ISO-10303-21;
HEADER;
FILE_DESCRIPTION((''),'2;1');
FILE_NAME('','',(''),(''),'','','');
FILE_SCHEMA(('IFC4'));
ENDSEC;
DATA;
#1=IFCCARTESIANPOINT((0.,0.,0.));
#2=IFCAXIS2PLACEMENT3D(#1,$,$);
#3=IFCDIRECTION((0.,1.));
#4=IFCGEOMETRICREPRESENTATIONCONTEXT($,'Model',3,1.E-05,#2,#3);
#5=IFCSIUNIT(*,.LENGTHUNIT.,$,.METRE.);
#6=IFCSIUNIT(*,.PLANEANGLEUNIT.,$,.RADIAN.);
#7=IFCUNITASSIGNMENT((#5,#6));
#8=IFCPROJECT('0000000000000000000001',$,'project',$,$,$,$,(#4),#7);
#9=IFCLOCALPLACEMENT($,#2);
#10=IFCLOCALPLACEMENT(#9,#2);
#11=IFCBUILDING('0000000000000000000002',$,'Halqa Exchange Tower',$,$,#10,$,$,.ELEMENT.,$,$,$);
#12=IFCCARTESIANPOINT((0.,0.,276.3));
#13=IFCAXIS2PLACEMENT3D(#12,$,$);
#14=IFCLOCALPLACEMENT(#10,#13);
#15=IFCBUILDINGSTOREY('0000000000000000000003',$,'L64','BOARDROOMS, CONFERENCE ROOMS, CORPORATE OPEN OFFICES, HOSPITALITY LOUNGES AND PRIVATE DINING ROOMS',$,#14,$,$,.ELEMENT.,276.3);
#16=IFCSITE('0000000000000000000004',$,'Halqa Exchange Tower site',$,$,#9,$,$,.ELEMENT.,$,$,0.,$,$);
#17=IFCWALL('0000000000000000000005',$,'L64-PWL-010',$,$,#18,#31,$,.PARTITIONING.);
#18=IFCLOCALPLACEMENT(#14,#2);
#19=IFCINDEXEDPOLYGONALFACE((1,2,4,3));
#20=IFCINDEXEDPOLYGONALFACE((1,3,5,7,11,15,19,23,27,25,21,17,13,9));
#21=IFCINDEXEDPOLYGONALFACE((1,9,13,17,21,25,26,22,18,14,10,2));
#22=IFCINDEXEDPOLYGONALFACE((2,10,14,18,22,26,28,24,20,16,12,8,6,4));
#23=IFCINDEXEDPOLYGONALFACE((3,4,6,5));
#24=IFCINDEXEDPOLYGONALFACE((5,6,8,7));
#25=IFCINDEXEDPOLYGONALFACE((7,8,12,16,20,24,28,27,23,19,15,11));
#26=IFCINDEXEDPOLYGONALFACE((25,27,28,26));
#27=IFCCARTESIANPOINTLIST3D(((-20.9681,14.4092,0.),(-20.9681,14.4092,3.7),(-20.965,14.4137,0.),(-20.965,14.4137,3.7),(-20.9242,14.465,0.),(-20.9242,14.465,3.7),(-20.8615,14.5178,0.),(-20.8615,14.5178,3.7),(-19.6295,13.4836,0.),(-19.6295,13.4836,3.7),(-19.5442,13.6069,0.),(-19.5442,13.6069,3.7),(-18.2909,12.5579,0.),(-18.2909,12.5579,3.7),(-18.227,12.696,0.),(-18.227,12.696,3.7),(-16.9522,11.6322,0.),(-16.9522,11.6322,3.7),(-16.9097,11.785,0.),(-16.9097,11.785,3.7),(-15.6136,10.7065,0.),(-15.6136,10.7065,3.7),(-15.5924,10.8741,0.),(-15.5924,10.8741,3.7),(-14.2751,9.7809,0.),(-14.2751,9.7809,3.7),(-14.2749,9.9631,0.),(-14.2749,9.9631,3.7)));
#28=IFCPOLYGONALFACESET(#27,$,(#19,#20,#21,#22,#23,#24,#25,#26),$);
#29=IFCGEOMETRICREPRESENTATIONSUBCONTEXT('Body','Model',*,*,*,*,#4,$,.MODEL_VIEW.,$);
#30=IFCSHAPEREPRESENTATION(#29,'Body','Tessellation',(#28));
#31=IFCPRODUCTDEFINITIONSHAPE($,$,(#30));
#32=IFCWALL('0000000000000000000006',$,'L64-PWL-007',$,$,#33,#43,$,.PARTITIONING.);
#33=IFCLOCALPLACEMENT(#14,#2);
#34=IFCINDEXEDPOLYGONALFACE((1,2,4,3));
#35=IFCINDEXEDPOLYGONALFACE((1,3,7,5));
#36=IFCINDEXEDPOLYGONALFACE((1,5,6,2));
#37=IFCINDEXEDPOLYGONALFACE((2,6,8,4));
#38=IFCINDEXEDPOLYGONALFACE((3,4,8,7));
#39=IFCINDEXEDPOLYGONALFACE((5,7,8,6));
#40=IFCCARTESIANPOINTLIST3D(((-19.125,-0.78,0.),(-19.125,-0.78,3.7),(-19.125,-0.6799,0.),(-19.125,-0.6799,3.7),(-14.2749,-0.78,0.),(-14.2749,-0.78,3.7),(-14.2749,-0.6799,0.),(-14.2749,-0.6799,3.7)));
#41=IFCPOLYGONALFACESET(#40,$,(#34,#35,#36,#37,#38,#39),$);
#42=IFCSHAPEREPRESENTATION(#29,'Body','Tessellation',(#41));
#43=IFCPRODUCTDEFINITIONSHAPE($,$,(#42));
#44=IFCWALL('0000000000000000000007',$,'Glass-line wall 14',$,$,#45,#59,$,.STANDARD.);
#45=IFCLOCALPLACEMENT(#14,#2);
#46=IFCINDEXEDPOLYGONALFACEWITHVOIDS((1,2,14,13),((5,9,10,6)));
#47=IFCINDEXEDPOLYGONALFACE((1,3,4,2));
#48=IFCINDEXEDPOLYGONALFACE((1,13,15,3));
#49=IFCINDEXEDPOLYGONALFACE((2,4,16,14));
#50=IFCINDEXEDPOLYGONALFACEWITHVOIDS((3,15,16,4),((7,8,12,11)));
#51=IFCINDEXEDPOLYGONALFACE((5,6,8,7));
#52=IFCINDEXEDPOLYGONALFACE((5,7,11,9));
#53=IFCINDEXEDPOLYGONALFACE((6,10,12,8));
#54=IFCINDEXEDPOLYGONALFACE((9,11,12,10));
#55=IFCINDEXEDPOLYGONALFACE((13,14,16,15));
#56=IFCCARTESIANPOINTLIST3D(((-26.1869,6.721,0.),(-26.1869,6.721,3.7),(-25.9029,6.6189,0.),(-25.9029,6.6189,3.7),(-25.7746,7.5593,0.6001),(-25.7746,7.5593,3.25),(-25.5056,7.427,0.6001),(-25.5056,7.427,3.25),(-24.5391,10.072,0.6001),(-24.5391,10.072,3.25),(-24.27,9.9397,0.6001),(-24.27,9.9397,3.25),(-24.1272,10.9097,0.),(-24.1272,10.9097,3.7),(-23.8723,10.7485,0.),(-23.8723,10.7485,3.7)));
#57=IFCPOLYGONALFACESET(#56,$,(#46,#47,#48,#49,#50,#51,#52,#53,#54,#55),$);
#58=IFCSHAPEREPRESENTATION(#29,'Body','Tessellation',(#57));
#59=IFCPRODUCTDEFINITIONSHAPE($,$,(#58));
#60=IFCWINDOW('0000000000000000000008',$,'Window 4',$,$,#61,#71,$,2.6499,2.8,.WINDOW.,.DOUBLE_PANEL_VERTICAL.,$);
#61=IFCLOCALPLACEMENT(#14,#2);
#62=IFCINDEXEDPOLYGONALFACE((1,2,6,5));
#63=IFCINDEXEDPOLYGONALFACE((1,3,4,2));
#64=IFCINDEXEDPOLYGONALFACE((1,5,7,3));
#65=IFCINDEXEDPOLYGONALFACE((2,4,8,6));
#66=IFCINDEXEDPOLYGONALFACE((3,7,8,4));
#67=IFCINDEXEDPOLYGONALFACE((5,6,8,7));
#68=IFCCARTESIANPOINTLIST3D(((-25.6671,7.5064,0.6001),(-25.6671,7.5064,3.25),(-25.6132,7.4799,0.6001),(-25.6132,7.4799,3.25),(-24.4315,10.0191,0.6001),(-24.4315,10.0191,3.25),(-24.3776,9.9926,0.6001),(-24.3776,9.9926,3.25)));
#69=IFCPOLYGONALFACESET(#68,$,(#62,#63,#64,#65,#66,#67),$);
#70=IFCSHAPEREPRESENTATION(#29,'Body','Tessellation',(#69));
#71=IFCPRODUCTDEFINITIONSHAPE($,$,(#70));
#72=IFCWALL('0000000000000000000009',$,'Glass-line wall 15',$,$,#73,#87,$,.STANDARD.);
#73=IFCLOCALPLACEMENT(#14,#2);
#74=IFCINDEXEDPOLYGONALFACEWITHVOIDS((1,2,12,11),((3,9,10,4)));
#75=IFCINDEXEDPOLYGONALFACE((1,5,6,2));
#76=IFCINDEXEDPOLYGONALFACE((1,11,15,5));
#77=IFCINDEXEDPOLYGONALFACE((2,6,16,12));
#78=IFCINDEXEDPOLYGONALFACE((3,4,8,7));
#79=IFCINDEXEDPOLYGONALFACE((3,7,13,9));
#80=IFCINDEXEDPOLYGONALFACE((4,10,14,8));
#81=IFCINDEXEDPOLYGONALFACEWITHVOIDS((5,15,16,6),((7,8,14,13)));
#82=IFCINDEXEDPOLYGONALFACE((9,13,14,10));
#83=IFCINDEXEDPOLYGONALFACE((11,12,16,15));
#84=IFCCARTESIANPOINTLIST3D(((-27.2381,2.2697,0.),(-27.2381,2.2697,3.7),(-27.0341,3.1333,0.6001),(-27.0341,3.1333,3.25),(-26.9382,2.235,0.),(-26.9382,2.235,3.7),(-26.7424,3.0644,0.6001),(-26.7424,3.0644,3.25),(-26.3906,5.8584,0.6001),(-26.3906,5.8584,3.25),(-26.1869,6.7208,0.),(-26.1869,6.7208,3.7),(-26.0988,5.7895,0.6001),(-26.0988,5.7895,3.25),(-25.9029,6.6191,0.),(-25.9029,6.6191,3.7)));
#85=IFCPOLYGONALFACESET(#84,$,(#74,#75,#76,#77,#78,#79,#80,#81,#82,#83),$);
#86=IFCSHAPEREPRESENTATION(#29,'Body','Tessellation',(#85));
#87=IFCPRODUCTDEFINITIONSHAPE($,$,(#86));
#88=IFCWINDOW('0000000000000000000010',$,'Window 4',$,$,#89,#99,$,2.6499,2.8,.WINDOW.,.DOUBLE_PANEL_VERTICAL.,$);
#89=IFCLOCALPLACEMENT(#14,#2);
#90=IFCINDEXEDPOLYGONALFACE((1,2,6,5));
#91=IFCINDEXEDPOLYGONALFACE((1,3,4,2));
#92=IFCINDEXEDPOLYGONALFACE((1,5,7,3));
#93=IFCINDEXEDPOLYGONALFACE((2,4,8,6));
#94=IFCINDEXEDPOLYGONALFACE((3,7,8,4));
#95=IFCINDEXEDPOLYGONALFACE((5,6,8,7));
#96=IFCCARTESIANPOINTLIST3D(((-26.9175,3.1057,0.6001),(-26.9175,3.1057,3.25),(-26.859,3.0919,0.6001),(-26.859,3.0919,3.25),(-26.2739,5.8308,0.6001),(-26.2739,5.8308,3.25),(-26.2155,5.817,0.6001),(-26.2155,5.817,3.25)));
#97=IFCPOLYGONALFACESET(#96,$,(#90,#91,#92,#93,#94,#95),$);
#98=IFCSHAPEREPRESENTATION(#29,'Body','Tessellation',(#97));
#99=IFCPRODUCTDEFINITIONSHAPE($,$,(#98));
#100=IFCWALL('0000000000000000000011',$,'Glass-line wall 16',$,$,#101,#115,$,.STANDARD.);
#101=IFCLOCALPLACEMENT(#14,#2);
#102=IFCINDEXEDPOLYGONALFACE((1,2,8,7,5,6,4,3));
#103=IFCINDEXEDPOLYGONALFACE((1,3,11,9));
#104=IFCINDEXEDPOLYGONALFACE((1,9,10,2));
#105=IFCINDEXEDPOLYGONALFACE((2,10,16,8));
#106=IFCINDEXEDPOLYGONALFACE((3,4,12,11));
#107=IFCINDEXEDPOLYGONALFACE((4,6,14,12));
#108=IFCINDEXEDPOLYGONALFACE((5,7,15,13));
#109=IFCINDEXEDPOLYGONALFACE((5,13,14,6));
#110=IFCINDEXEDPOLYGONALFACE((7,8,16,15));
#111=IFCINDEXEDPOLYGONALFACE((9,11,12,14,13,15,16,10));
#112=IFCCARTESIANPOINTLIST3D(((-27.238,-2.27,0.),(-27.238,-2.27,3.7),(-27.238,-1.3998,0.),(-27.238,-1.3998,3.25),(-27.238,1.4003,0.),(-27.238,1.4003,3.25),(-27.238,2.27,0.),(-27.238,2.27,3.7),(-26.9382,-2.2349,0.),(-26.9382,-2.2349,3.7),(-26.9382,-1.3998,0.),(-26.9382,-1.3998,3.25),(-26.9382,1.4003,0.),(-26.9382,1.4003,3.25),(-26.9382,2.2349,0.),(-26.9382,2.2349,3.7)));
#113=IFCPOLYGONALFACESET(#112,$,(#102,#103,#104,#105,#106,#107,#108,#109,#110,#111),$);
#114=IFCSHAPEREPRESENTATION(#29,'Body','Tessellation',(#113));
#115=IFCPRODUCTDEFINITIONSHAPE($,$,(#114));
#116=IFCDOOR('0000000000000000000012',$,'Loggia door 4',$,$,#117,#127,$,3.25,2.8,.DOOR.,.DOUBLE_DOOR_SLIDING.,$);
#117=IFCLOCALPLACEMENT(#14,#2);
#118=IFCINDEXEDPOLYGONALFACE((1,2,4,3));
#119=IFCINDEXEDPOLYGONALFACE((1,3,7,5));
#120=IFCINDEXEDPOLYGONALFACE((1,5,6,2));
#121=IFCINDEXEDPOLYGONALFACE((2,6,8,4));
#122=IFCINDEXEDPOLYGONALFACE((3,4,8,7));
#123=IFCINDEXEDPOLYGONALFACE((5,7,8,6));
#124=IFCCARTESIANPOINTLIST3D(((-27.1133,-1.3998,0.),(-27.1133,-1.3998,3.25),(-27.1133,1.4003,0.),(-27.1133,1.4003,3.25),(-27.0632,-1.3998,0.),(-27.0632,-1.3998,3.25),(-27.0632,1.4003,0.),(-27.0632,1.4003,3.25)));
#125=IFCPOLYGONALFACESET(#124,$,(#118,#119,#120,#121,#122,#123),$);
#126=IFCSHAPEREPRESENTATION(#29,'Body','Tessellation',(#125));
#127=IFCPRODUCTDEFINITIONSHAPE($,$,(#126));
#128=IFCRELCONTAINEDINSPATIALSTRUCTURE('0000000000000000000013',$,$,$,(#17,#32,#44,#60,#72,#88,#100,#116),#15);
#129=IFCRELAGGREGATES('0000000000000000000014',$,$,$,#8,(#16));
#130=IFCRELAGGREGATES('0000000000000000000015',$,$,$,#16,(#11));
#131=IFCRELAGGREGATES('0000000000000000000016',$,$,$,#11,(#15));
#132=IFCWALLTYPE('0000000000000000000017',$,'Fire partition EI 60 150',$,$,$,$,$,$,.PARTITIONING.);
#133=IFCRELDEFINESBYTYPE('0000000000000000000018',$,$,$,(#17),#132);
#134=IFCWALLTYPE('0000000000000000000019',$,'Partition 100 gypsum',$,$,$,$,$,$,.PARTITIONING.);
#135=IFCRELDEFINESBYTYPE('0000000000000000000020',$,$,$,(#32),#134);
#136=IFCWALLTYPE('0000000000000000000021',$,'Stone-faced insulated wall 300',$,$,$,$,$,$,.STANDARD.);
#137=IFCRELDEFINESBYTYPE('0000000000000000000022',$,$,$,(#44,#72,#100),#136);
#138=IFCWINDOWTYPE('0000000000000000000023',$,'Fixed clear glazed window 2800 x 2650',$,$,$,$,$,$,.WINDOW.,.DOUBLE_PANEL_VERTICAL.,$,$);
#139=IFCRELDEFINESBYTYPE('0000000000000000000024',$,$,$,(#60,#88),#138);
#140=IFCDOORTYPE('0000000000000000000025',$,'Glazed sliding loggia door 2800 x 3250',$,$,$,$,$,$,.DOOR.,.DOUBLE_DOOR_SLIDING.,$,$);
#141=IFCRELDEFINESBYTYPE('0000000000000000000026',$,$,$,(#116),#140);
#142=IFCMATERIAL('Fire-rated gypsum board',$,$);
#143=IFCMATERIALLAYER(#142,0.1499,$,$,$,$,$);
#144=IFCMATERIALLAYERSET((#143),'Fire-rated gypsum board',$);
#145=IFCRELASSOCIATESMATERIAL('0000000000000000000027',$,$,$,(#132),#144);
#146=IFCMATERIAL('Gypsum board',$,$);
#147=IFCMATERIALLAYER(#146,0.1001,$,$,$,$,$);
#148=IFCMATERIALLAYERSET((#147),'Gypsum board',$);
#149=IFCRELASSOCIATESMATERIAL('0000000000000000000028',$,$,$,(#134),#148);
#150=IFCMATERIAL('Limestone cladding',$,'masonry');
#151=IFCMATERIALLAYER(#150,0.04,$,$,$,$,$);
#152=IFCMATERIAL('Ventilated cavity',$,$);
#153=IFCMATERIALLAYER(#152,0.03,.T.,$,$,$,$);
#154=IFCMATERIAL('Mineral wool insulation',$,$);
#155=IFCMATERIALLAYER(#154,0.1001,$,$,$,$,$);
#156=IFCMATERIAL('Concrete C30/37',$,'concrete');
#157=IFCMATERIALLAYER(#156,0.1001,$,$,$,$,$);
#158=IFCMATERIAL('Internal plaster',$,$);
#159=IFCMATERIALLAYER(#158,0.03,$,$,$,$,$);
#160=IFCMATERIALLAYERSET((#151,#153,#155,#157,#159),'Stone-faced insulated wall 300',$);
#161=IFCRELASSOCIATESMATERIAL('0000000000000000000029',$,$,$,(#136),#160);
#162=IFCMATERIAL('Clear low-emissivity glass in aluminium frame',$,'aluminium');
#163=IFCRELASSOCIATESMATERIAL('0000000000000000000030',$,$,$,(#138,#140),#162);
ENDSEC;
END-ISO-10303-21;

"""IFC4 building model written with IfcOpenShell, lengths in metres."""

from ifc_helpers import new_model, si_unit, direction, frame, frame_2d, origin, place, context, subcontext, project, spatial, polyline, rectangle, outline, extrude, material, layer, layer_set, type_object, element, fill, save


model = new_model("IFC4")

# Units and contexts
model_context = context("Model", 3, precision=1e-05, world=origin(), true_north=direction((0.0, 1.0)))
body_context = subcontext(model_context, "Body", "Model", "MODEL_VIEW")
ifc_project = project(units=[si_unit("LENGTHUNIT", "METRE"), si_unit("PLANEANGLEUNIT", "RADIAN")], contexts=[model_context])

# Site, building, storey
site_placement = place(None, origin())
site = spatial("IfcSite", under=ifc_project, at=site_placement, Name="Halqa Exchange Tower site", CompositionType="ELEMENT", RefElevation=0.0)
building_placement = place(site_placement, origin())
building = spatial("IfcBuilding", under=site, at=building_placement, Name="Halqa Exchange Tower", CompositionType="ELEMENT")
storey_placement = place(building_placement, frame((0.0, 0.0, 276.3)))
storey = spatial("IfcBuildingStorey", under=building, at=storey_placement, Name="L64", Description="BOARDROOMS, CONFERENCE ROOMS, CORPORATE OPEN OFFICES, HOSPITALITY LOUNGES AND PRIVATE DINING ROOMS", CompositionType="ELEMENT", Elevation=276.3)

# Shared definitions
ifc_material_1 = material(Name="Gypsum board")

# Walls
ifc_material_2 = material(Name="Fire-rated gypsum board")
ifc_layer_1 = layer(ifc_material_2, 0.1499)
ifc_layer_set_1 = layer_set([ifc_layer_1], Name="Fire-rated gypsum board")
wall_type_1 = type_object("IfcWallType", Name="Fire partition EI 60 150", PredefinedType="PARTITIONING", material=ifc_layer_set_1)
wall_1_placement = place(storey_placement, frame((-14.2324, 9.8425, 0.0), z_axis=(0.0, 0.0, 1.0), x_axis=(-0.822496, 0.568772, 0.0)))
element("IfcWall", 1, at=wall_1_placement, inside=storey, type_object=wall_type_1, Name="L64-PWL-010", PredefinedType="PARTITIONING", context=body_context, shape_type="SweptSolid", body=[
    extrude(outline(polyline([(0.1035, -0.075), (1.7053, -0.075), (3.3069, -0.075), (4.9084, -0.075), (6.51, -0.075), (8.1116, -0.075), (8.1331, 0.0042), (8.1375, 0.0696), (8.1375, 0.075), (6.51, 0.075), (4.8826, 0.075), (3.2549, 0.075), (1.6274, 0.075), (0.0, 0.075), (0.0, 0.075), (0.1035, -0.075)])), origin(), (0.0, 0.0, 1.0), 3.7),
])
ifc_layer_2 = layer(ifc_material_1, 0.1001)
ifc_layer_set_2 = layer_set([ifc_layer_2], Name="Gypsum board")
wall_type_2 = type_object("IfcWallType", Name="Partition 100 gypsum", PredefinedType="PARTITIONING", material=ifc_layer_set_2)
wall_2_placement = place(storey_placement, frame((-19.125, -0.73, 0.0), z_axis=(0.0, 0.0, 1.0), x_axis=(1.0, 0.0, 0.0)))
element("IfcWall", 2, at=wall_2_placement, inside=storey, type_object=wall_type_2, Name="L64-PWL-007", PredefinedType="PARTITIONING", context=body_context, shape_type="SweptSolid", body=[
    extrude(rectangle(XDim=4.8501, YDim=0.1001, at=frame_2d((2.425, 0.0))), origin(), (0.0, 0.0, 1.0), 3.7),
])

# Walls, openings, windows
ifc_material_3 = material(Name="Limestone cladding", Category="masonry")
ifc_layer_3 = layer(ifc_material_3, 0.04)
ifc_material_4 = material(Name="Ventilated cavity")
ifc_layer_4 = layer(ifc_material_4, 0.03, ventilated=True)
ifc_material_5 = material(Name="Mineral wool insulation")
ifc_layer_5 = layer(ifc_material_5, 0.1001)
ifc_material_6 = material(Name="Concrete C30/37", Category="concrete")
ifc_layer_6 = layer(ifc_material_6, 0.1001)
ifc_material_7 = material(Name="Internal plaster")
ifc_layer_7 = layer(ifc_material_7, 0.03)
ifc_layer_set_3 = layer_set([ifc_layer_3, ifc_layer_4, ifc_layer_5, ifc_layer_6, ifc_layer_7], Name="Stone-faced insulated wall 300")
wall_type_3 = type_object("IfcWallType", Name="Stone-faced insulated wall 300", PredefinedType="STANDARD", material=ifc_layer_set_3)
wall_3_placement = place(storey_placement, frame((-23.9998, 10.8291, 0.0), z_axis=(0.0, 0.0, 1.0), x_axis=(-0.441262, -0.897378, 0.0)))
wall_3 = element("IfcWall", 3, at=wall_3_placement, inside=storey, type_object=wall_type_3, Name="Glass-line wall 14", PredefinedType="STANDARD", context=body_context, shape_type="SweptSolid", body=[
    extrude(outline(polyline([(-0.0161, -0.1499), (4.6516, -0.1499), (4.6179, 0.1499), (0.0161, 0.1499), (-0.0161, -0.1499)])), origin(), (0.0, 0.0, 1.0), 3.7),
])
opening_1_placement = place(wall_3_placement, frame((0.9175, 0.0, 0.6001)))
opening_1 = element("IfcOpeningElement", 4, at=opening_1_placement, cuts=wall_3, PredefinedType="OPENING", context=body_context, shape_type="SweptSolid", body=[
    extrude(rectangle(XDim=2.8, YDim=2.6499, at=frame_2d((1.3999, 1.325))), frame((0.0, 0.1621, 0.0), z_axis=(0.0, -1.0, 0.0), x_axis=(1.0, 0.0, 0.0)), (0.0, 0.0, 1.0), 0.324),
])
ifc_material_8 = material(Name="Clear low-emissivity glass in aluminium frame", Category="aluminium")
window_type = type_object("IfcWindowType", Name="Fixed clear glazed window 2800 x 2650", PartitioningType="DOUBLE_PANEL_VERTICAL", PredefinedType="WINDOW", material=ifc_material_8)
window_1_placement = place(opening_1_placement, origin())
window_1 = element("IfcWindow", 5, at=window_1_placement, inside=storey, type_object=window_type, Name="Window 4", OverallHeight=2.6499, OverallWidth=2.8, PartitioningType="DOUBLE_PANEL_VERTICAL", PredefinedType="WINDOW", context=body_context, shape_type="SweptSolid", body=[
    extrude(rectangle(XDim=2.8, YDim=2.6499, at=frame_2d((1.3999, 1.325))), frame((0.0, 0.03, 0.0), z_axis=(0.0, -1.0, 0.0), x_axis=(1.0, 0.0, 0.0)), (0.0, 0.0, 1.0), 0.0601),
])
fill(opening_1, window_1)
wall_4_placement = place(storey_placement, frame((-26.0449, 6.6699, 0.0), z_axis=(0.0, 0.0, 1.0), x_axis=(-0.229834, -0.97323, 0.0)))
wall_4 = element("IfcWall", 6, at=wall_4_placement, inside=storey, type_object=wall_type_3, Name="Glass-line wall 15", PredefinedType="STANDARD", context=body_context, shape_type="SweptSolid", body=[
    extrude(outline(polyline([(-0.0168, -0.1499), (4.5566, -0.1499), (4.5215, 0.1499), (0.0168, 0.1499), (-0.0168, -0.1499)])), origin(), (0.0, 0.0, 1.0), 3.7),
])
opening_2_placement = place(wall_4_placement, frame((0.8694, 0.0, 0.6001)))
opening_2 = element("IfcOpeningElement", 7, at=opening_2_placement, cuts=wall_4, PredefinedType="OPENING", context=body_context, shape_type="SweptSolid", body=[
    extrude(rectangle(XDim=2.8, YDim=2.6499, at=frame_2d((1.3999, 1.325))), frame((0.0, 0.1621, 0.0), z_axis=(0.0, -1.0, 0.0), x_axis=(1.0, 0.0, 0.0)), (0.0, 0.0, 1.0), 0.324),
])
window_2_placement = place(opening_2_placement, origin())
window_2 = element("IfcWindow", 8, at=window_2_placement, inside=storey, type_object=window_type, Name="Window 4", OverallHeight=2.6499, OverallWidth=2.8, PartitioningType="DOUBLE_PANEL_VERTICAL", PredefinedType="WINDOW", context=body_context, shape_type="SweptSolid", body=[
    extrude(rectangle(XDim=2.8, YDim=2.6499, at=frame_2d((1.3999, 1.325))), frame((0.0, 0.03, 0.0), z_axis=(0.0, -1.0, 0.0), x_axis=(1.0, 0.0, 0.0)), (0.0, 0.0, 1.0), 0.0601),
])
fill(opening_2, window_2)

# Wall, opening, door
wall_5_placement = place(storey_placement, frame((-27.0881, 2.2524, 0.0), z_axis=(0.0, 0.0, 1.0), x_axis=(0.0, -1.0, 0.0)))
wall_5 = element("IfcWall", 9, at=wall_5_placement, inside=storey, type_object=wall_type_3, Name="Glass-line wall 16", PredefinedType="STANDARD", context=body_context, shape_type="SweptSolid", body=[
    extrude(outline(polyline([(-0.0176, -0.1499), (4.5225, -0.1499), (4.4873, 0.1499), (0.0176, 0.1499), (-0.0176, -0.1499)])), origin(), (0.0, 0.0, 1.0), 3.7),
])
opening_3_placement = place(wall_5_placement, frame((0.8523, 0.0, 0.0)))
opening_3 = element("IfcOpeningElement", 10, at=opening_3_placement, cuts=wall_5, PredefinedType="OPENING", context=body_context, shape_type="SweptSolid", body=[
    extrude(rectangle(XDim=2.8, YDim=3.25, at=frame_2d((1.3999, 1.625))), frame((0.0, 0.1621, 0.0), z_axis=(0.0, -1.0, 0.0), x_axis=(1.0, 0.0, 0.0)), (0.0, 0.0, 1.0), 0.324),
])
door_type_1 = type_object("IfcDoorType", Name="Glazed sliding loggia door 2800 x 3250", OperationType="DOUBLE_DOOR_SLIDING", PredefinedType="DOOR", material=ifc_material_8)
door_1_placement = place(opening_3_placement, origin())
door_1 = element("IfcDoor", 11, at=door_1_placement, inside=storey, type_object=door_type_1, Name="Loggia door 4", OperationType="DOUBLE_DOOR_SLIDING", OverallHeight=3.25, OverallWidth=2.8, PredefinedType="DOOR", context=body_context, shape_type="SweptSolid", body=[
    extrude(rectangle(XDim=2.8, YDim=3.25, at=frame_2d((1.3999, 1.625))), frame((0.0, 0.0249, 0.0), z_axis=(0.0, -1.0, 0.0), x_axis=(1.0, 0.0, 0.0)), (0.0, 0.0, 1.0), 0.05),
])
fill(opening_3, door_1)

save(model, "model.ifc")
